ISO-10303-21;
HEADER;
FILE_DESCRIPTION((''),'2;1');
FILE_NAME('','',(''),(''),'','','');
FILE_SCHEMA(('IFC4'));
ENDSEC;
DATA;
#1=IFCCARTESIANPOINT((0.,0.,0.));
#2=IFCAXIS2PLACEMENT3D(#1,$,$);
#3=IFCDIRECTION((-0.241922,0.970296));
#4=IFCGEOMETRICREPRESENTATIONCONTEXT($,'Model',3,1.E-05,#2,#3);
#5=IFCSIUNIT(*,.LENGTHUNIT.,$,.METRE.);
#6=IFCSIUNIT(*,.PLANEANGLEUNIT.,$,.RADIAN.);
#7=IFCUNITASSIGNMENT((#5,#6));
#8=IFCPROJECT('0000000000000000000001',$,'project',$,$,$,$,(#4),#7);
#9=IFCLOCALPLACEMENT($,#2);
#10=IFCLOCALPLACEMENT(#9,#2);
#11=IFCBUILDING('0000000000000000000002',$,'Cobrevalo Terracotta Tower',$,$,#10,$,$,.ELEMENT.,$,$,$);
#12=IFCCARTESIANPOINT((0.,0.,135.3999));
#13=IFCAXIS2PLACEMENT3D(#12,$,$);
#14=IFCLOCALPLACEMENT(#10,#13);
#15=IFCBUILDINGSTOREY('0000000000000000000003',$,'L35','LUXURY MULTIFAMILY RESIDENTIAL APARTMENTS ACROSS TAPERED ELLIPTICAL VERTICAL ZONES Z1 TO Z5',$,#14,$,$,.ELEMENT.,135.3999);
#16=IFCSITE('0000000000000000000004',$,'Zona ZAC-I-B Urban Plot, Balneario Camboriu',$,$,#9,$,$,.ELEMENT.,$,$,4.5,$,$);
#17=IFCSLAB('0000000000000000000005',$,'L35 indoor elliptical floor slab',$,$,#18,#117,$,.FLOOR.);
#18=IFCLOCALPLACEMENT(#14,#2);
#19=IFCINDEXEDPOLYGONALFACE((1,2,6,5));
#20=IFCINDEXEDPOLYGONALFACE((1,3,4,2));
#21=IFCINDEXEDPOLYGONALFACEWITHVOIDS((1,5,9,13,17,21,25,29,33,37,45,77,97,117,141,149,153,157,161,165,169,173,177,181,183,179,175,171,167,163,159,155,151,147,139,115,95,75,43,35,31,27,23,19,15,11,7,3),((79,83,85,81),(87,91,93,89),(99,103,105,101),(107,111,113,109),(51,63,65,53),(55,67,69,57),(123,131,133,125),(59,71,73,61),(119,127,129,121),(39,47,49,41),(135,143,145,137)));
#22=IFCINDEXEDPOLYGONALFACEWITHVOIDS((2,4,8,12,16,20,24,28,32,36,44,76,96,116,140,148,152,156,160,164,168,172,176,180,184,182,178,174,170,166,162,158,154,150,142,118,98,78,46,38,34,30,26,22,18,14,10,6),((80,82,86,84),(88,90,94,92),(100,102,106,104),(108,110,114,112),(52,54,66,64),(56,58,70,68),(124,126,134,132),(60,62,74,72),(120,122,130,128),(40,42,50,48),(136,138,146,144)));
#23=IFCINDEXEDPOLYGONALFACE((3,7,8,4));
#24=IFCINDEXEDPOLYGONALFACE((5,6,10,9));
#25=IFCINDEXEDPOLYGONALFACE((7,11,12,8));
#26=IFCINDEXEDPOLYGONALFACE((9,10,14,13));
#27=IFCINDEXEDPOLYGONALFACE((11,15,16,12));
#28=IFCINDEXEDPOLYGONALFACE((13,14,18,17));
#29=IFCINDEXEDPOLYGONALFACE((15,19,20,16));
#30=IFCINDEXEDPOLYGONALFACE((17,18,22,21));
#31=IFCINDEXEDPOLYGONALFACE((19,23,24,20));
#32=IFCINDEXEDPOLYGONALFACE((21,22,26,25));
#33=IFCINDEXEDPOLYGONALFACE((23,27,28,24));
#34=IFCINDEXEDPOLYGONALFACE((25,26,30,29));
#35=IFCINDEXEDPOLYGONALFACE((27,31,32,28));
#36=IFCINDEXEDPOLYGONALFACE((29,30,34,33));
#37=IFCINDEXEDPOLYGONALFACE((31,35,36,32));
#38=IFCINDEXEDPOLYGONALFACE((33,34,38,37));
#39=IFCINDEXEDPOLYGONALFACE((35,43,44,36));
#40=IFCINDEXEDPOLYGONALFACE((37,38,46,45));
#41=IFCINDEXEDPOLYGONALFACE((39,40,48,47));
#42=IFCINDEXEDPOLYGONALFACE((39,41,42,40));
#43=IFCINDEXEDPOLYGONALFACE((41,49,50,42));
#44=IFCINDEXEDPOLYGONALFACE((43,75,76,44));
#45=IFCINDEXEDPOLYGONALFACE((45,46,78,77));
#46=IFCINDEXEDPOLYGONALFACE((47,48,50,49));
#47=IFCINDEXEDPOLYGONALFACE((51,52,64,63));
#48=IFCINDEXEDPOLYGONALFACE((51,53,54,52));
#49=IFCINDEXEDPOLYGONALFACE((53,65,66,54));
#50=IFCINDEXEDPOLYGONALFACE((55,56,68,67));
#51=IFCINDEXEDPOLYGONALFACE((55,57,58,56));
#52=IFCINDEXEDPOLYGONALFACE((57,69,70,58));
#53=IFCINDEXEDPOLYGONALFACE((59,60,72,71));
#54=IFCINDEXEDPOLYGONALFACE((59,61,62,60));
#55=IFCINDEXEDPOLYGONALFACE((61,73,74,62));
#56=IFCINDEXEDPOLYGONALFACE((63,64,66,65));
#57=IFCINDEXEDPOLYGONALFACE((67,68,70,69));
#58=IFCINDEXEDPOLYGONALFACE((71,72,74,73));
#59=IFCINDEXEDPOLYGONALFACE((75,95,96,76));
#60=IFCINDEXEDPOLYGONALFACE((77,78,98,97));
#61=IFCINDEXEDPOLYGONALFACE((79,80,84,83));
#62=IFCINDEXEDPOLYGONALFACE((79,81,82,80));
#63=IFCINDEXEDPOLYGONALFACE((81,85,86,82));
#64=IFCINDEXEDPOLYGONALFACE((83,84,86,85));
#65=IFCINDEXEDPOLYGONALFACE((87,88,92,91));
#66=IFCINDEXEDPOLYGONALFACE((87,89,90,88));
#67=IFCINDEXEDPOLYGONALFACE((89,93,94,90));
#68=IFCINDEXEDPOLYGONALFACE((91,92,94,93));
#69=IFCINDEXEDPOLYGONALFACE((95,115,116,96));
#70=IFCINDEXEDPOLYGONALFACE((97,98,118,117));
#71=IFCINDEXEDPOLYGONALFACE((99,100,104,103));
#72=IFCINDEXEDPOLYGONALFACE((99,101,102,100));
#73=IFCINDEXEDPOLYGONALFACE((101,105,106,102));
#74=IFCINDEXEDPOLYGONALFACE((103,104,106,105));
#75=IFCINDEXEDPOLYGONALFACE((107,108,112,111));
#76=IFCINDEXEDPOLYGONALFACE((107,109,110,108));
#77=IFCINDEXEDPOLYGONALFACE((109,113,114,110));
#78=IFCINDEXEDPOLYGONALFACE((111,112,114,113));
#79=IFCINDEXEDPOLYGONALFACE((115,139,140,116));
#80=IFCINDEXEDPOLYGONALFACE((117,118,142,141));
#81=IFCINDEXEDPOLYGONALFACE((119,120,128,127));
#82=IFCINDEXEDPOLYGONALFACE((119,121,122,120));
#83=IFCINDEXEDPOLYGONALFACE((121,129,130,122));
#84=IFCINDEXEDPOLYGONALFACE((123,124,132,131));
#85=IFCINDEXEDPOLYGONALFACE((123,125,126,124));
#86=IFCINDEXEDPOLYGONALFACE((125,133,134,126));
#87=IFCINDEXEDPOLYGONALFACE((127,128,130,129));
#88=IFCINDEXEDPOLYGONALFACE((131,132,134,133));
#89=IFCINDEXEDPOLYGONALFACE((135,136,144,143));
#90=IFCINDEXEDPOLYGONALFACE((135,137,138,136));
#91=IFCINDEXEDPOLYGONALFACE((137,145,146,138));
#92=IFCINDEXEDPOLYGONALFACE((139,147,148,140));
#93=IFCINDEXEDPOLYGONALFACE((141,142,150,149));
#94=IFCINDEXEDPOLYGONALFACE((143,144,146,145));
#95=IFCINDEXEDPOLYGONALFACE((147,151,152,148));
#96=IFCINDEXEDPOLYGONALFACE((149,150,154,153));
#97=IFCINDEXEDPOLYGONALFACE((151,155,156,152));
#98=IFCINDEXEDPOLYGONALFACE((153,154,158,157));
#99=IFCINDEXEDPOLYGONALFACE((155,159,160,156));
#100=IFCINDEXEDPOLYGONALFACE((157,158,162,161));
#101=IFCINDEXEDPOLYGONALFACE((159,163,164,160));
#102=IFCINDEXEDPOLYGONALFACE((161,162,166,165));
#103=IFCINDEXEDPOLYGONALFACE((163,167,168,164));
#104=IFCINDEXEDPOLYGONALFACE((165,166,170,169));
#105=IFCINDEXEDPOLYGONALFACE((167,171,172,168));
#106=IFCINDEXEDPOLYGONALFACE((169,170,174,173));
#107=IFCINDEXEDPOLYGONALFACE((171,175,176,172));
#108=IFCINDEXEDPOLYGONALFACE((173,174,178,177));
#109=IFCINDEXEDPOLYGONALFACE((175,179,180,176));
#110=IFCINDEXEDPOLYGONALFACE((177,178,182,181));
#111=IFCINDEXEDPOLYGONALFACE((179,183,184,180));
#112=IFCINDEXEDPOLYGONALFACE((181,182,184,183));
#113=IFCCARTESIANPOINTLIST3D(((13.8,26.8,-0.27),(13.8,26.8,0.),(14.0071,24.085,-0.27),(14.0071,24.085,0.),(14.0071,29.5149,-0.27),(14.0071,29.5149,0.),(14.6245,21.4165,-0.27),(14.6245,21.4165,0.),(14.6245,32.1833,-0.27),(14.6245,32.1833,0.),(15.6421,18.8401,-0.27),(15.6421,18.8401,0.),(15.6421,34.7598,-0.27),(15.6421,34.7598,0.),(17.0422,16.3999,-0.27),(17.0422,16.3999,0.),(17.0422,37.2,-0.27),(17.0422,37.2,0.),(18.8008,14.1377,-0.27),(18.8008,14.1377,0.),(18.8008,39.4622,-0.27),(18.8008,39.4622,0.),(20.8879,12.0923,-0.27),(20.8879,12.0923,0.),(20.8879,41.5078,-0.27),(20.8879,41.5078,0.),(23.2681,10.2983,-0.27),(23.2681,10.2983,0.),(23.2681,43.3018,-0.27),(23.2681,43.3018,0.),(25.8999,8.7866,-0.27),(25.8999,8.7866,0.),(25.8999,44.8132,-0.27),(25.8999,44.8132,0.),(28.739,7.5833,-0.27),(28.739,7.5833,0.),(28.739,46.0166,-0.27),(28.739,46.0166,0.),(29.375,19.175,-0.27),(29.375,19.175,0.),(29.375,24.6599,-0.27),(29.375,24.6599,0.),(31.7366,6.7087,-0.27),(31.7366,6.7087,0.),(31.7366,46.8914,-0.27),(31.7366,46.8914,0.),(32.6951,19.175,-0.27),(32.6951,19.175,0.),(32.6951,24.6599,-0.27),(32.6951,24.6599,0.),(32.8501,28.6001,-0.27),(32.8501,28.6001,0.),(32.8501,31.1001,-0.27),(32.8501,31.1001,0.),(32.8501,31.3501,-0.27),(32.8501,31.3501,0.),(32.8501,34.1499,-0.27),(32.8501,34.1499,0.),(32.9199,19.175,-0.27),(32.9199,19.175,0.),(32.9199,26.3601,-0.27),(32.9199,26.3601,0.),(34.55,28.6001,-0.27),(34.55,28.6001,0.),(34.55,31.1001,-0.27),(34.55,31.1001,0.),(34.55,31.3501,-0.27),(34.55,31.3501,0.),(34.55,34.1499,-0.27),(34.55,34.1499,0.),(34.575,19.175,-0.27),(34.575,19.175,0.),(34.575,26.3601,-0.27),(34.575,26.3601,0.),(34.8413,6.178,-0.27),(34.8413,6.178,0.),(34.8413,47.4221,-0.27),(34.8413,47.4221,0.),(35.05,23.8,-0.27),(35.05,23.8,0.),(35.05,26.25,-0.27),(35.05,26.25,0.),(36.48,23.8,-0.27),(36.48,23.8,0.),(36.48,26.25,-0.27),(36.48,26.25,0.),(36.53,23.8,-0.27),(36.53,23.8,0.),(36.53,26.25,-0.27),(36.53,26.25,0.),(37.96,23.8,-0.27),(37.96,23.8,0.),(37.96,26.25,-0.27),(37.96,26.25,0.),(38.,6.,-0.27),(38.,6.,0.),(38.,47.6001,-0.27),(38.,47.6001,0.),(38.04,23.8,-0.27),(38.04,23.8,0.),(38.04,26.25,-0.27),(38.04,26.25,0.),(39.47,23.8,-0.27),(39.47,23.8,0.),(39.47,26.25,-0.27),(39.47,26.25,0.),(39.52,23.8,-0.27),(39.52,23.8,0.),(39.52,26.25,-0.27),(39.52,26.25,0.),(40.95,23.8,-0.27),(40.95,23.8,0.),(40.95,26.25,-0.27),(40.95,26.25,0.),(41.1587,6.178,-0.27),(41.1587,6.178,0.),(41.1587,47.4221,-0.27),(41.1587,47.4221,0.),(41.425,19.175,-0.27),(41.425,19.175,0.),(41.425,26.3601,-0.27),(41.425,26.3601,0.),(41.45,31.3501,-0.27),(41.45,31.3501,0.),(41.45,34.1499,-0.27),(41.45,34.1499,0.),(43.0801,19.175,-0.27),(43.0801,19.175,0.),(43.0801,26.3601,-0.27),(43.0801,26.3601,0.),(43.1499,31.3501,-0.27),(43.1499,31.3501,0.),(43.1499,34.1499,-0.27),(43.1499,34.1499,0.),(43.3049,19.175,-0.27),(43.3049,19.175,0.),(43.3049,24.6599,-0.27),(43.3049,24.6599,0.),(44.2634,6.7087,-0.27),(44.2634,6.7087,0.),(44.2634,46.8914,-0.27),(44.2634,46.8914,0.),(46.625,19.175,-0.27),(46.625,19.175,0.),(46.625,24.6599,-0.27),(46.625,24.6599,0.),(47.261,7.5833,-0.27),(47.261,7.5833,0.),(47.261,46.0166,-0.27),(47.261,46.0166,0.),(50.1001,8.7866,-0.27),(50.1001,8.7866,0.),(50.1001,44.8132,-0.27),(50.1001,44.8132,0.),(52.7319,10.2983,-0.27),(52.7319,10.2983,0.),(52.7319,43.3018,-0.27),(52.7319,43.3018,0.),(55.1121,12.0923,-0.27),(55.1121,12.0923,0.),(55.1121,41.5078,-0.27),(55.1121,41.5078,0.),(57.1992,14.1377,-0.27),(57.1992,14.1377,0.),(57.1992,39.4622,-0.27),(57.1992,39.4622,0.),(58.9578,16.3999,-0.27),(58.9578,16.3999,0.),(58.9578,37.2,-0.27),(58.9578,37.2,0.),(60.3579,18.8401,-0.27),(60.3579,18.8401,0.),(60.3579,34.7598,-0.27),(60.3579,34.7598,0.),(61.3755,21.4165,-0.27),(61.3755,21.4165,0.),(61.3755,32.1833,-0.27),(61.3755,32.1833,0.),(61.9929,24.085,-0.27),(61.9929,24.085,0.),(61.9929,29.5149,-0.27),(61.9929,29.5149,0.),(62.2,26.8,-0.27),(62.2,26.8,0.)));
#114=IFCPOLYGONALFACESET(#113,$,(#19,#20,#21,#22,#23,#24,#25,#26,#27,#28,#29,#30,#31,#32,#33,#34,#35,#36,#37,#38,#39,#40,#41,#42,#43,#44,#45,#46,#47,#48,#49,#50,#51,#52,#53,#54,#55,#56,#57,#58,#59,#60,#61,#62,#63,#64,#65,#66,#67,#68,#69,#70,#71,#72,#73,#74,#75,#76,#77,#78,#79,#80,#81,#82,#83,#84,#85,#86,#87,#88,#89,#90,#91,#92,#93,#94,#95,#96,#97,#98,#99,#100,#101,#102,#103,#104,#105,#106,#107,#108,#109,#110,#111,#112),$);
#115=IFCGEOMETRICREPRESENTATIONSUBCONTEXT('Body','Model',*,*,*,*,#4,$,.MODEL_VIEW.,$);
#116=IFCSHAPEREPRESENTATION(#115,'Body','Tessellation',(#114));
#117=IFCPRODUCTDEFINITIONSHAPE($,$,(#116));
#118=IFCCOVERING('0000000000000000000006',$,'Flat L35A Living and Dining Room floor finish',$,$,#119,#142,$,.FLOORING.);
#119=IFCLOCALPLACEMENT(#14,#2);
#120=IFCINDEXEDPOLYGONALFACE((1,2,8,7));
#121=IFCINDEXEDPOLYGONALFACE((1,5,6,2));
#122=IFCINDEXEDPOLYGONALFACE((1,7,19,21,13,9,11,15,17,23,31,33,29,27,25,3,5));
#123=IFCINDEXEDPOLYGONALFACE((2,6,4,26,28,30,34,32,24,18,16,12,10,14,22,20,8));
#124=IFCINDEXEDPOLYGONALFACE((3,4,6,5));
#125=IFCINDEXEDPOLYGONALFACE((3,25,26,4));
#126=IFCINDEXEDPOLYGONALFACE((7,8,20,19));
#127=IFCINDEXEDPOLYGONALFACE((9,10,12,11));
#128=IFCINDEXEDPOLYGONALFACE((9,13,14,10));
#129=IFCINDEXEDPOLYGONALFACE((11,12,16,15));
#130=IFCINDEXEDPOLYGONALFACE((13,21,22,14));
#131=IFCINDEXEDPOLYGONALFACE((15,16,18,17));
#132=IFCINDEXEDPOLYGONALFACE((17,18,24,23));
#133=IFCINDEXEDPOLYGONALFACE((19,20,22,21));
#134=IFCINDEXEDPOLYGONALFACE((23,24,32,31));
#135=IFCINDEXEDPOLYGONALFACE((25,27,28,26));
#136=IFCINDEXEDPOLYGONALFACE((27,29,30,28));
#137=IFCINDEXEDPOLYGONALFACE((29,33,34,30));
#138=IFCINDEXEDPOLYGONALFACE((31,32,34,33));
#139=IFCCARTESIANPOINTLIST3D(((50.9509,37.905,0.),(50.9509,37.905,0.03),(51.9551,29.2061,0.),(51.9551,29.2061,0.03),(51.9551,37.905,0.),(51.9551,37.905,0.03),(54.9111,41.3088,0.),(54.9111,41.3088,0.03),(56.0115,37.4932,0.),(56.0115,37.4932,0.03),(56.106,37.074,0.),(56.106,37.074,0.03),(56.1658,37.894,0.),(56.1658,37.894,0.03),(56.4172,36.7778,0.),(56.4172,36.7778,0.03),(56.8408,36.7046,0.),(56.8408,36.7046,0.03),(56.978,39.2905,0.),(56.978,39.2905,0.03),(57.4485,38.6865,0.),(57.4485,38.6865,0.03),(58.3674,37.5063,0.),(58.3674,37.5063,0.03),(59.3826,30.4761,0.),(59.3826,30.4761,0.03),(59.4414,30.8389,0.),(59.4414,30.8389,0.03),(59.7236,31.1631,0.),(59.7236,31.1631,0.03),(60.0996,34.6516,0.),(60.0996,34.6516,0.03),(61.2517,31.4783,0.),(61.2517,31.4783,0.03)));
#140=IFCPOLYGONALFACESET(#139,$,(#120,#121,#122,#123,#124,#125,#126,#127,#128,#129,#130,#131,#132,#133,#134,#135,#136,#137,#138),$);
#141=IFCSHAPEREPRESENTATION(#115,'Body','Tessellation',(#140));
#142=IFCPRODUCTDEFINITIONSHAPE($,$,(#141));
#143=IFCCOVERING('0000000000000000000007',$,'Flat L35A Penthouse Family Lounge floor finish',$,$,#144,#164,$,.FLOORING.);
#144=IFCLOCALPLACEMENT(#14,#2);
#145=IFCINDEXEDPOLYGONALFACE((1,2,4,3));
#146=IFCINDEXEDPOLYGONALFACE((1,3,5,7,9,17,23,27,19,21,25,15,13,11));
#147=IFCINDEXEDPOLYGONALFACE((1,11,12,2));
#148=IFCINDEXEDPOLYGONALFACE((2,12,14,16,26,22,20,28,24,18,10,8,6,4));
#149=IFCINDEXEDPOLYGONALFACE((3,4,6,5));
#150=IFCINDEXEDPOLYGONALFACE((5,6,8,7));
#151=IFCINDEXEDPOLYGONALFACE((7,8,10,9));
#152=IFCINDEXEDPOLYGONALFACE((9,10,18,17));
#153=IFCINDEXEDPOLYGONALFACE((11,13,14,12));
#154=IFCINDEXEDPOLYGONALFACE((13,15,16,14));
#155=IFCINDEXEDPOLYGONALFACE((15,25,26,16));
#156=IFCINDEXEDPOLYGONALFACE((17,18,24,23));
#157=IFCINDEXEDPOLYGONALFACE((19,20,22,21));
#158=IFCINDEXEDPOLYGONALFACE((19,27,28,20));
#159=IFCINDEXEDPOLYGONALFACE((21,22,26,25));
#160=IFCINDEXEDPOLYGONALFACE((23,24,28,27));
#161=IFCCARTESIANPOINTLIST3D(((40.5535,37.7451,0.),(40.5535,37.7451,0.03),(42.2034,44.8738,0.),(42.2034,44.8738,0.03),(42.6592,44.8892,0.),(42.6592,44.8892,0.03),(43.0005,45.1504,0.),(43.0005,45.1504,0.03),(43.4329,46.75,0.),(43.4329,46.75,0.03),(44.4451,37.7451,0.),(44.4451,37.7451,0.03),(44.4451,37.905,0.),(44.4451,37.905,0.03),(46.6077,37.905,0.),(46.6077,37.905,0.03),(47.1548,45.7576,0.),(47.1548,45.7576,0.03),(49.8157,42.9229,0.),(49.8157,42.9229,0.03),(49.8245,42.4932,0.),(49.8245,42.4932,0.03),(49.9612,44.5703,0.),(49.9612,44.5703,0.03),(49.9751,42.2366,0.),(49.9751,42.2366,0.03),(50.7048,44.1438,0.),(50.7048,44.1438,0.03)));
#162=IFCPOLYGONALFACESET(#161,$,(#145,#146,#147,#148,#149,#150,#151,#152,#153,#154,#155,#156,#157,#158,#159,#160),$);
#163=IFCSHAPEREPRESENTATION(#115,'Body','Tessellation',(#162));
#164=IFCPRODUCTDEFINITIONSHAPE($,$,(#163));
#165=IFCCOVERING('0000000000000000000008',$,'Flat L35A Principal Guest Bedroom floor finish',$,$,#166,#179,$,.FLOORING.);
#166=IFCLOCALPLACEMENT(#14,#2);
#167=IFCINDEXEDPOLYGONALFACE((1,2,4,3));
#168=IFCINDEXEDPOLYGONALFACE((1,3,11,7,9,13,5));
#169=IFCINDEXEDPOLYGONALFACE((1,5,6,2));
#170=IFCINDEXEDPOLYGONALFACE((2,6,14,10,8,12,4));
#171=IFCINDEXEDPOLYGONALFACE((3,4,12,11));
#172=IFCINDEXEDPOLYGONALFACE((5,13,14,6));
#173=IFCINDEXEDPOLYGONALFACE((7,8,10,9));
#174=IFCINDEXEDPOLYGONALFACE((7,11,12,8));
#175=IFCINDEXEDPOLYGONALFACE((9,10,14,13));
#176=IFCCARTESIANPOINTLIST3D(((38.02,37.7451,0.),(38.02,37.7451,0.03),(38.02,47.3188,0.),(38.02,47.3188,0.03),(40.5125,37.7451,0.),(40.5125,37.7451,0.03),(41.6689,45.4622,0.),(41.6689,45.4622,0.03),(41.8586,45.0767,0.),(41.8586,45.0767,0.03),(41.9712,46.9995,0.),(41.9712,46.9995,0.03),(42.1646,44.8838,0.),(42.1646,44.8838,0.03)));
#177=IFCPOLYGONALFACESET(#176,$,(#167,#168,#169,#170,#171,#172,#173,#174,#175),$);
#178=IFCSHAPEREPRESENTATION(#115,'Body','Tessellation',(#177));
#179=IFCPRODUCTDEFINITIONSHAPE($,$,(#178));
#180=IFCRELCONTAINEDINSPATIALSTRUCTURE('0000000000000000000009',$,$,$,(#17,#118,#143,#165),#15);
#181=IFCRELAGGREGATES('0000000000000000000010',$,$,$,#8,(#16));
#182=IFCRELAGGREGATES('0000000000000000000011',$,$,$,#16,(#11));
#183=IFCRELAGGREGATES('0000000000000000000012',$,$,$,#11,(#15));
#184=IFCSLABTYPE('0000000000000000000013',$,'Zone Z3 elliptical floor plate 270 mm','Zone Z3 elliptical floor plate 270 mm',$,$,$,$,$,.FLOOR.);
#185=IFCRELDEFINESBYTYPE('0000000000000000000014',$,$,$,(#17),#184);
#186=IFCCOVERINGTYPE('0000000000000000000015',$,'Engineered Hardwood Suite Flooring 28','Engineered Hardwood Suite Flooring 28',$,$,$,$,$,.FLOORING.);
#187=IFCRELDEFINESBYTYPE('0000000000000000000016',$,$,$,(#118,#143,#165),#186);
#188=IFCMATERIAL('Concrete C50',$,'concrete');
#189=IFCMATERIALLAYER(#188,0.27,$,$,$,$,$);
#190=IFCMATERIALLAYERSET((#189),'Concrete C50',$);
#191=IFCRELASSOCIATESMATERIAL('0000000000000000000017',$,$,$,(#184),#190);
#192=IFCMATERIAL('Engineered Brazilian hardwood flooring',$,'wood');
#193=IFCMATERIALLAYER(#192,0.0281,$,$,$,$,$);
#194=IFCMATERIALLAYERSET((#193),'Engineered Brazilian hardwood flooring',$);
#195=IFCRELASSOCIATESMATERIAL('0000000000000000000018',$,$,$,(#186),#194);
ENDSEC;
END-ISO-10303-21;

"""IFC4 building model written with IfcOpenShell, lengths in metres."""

from ifc_helpers import new_model, si_unit, direction, frame, origin, place, context, subcontext, project, spatial, polyline, outline, extrude, material, layer, layer_set, type_object, element, save


model = new_model("IFC4")

# Units and contexts
model_context = context("Model", 3, precision=1e-05, world=origin(), true_north=direction((-0.241922, 0.970296)))
body_context = subcontext(model_context, "Body", "Model", "MODEL_VIEW")
ifc_project = project(units=[si_unit("LENGTHUNIT", "METRE"), si_unit("PLANEANGLEUNIT", "RADIAN")], contexts=[model_context])

# Site, building, storey
site_placement = place(None, origin())
site = spatial("IfcSite", under=ifc_project, at=site_placement, Name="Zona ZAC-I-B Urban Plot, Balneario Camboriu", CompositionType="ELEMENT", RefElevation=4.5)
building_placement = place(site_placement, origin())
building = spatial("IfcBuilding", under=site, at=building_placement, Name="Cobrevalo Terracotta Tower", CompositionType="ELEMENT")
storey_placement = place(building_placement, frame((0.0, 0.0, 135.3999)))
storey = spatial("IfcBuildingStorey", under=building, at=storey_placement, Name="L35", Description="LUXURY MULTIFAMILY RESIDENTIAL APARTMENTS ACROSS TAPERED ELLIPTICAL VERTICAL ZONES Z1 TO Z5", CompositionType="ELEMENT", Elevation=135.3999)

# Shared definitions
ifc_material_1 = material(Name="Concrete C50", Category="concrete")

# Slab
ifc_layer_1 = layer(ifc_material_1, 0.27)
ifc_layer_set_1 = layer_set([ifc_layer_1], Name="Concrete C50")
slab_type_1 = type_object("IfcSlabType", Name="Zone Z3 elliptical floor plate 270 mm", Description="Zone Z3 elliptical floor plate 270 mm", PredefinedType="FLOOR", material=ifc_layer_set_1)
slab_1_placement = place(storey_placement, frame((0.0, 0.0, -0.27)))
element("IfcSlab", 1, at=slab_1_placement, inside=storey, type_object=slab_type_1, Name="L35 indoor elliptical floor slab", PredefinedType="FLOOR", context=body_context, shape_type="SweptSolid", body=[
    extrude(outline(polyline([(61.9929, 24.085), (61.3755, 21.4165), (60.3579, 18.8401), (58.9578, 16.3999), (57.1992, 14.1377), (55.1121, 12.0923), (52.7319, 10.2983), (50.1001, 8.7866), (47.261, 7.5833), (44.2634, 6.7087), (41.1587, 6.178), (38.0, 6.0), (34.8413, 6.178), (31.7366, 6.7087), (28.739, 7.5833), (25.8999, 8.7866), (23.2681, 10.2983), (20.8879, 12.0923), (18.8008, 14.1377), (17.0422, 16.3999), (15.6421, 18.8401), (14.6245, 21.4165), (14.0071, 24.085), (13.8, 26.8), (14.0071, 29.5149), (14.6245, 32.1833), (15.6421, 34.7598), (17.0422, 37.2), (18.8008, 39.4622), (20.8879, 41.5078), (23.2681, 43.3018), (25.8999, 44.8132), (28.739, 46.0166), (31.7366, 46.8914), (34.8413, 47.4221), (38.0, 47.6001), (41.1587, 47.4221), (44.2634, 46.8914), (47.261, 46.0166), (50.1001, 44.8132), (52.7319, 43.3018), (55.1121, 41.5078), (57.1992, 39.4622), (58.9578, 37.2), (60.3579, 34.7598), (61.3755, 32.1833), (61.9929, 29.5149), (62.2, 26.8), (61.9929, 24.085)]), holes=[polyline([(32.6951, 19.175), (32.6951, 24.6599), (29.375, 24.6599), (29.375, 19.175), (32.6951, 19.175)]), polyline([(34.575, 26.3601), (32.9199, 26.3601), (32.9199, 19.175), (34.575, 19.175), (34.575, 26.3601)]), polyline([(36.48, 26.25), (35.05, 26.25), (35.05, 23.8), (36.48, 23.8), (36.48, 26.25)]), polyline([(37.96, 23.8), (37.96, 26.25), (36.53, 26.25), (36.53, 23.8), (37.96, 23.8)]), polyline([(34.55, 28.6001), (34.55, 31.1001), (32.8501, 31.1001), (32.8501, 28.6001), (34.55, 28.6001)]), polyline([(34.55, 34.1499), (32.8501, 34.1499), (32.8501, 31.3501), (34.55, 31.3501), (34.55, 34.1499)]), polyline([(43.3049, 19.175), (46.625, 19.175), (46.625, 24.6599), (43.3049, 24.6599), (43.3049, 19.175)]), polyline([(43.0801, 19.175), (43.0801, 26.3601), (41.425, 26.3601), (41.425, 19.175), (43.0801, 19.175)]), polyline([(39.47, 26.25), (38.04, 26.25), (38.04, 23.8), (39.47, 23.8), (39.47, 26.25)]), polyline([(40.95, 23.8), (40.95, 26.25), (39.52, 26.25), (39.52, 23.8), (40.95, 23.8)]), polyline([(43.1499, 31.3501), (43.1499, 34.1499), (41.45, 34.1499), (41.45, 31.3501), (43.1499, 31.3501)])]), origin(), (0.0, 0.0, 1.0), 0.27),
])

# Coverings
ifc_material_2 = material(Name="Engineered Brazilian hardwood flooring", Category="wood")
ifc_layer_2 = layer(ifc_material_2, 0.0281)
ifc_layer_set_2 = layer_set([ifc_layer_2], Name="Engineered Brazilian hardwood flooring")
covering_type_1 = type_object("IfcCoveringType", Name="Engineered Hardwood Suite Flooring 28", Description="Engineered Hardwood Suite Flooring 28", PredefinedType="FLOORING", material=ifc_layer_set_2)
covering_1_placement = place(storey_placement, origin())
element("IfcCovering", 2, at=covering_1_placement, inside=storey, type_object=covering_type_1, Name="Flat L35A Living and Dining Room floor finish", PredefinedType="FLOORING", context=body_context, shape_type="SweptSolid", body=[
    extrude(outline(polyline([(56.978, 39.2905), (57.4485, 38.6865), (56.1658, 37.894), (56.0115, 37.4932), (56.106, 37.074), (56.4172, 36.7778), (56.8408, 36.7046), (58.3674, 37.5063), (60.0996, 34.6516), (61.2517, 31.4783), (59.7236, 31.1631), (59.4414, 30.8389), (59.3826, 30.4761), (51.9551, 29.2061), (51.9551, 37.905), (50.9509, 37.905), (54.9111, 41.3088), (56.978, 39.2905)])), origin(), (0.0, 0.0, 1.0), 0.03),
])
covering_2_placement = place(storey_placement, origin())
element("IfcCovering", 3, at=covering_2_placement, inside=storey, type_object=covering_type_1, Name="Flat L35A Penthouse Family Lounge floor finish", PredefinedType="FLOORING", context=body_context, shape_type="SweptSolid", body=[
    extrude(outline(polyline([(49.9612, 44.5703), (50.7048, 44.1438), (49.8157, 42.9229), (49.8245, 42.4932), (49.9751, 42.2366), (46.6077, 37.905), (44.4451, 37.905), (44.4451, 37.7451), (40.5535, 37.7451), (42.2034, 44.8738), (42.6592, 44.8892), (43.0005, 45.1504), (43.4329, 46.75), (47.1548, 45.7576), (49.9612, 44.5703)])), origin(), (0.0, 0.0, 1.0), 0.03),
])
covering_3_placement = place(storey_placement, origin())
element("IfcCovering", 4, at=covering_3_placement, inside=storey, type_object=covering_type_1, Name="Flat L35A Principal Guest Bedroom floor finish", PredefinedType="FLOORING", context=body_context, shape_type="SweptSolid", body=[
    extrude(outline(polyline([(38.02, 47.3188), (41.9712, 46.9995), (41.6689, 45.4622), (41.8586, 45.0767), (42.1646, 44.8838), (40.5125, 37.7451), (38.02, 37.7451), (38.02, 47.3188)])), origin(), (0.0, 0.0, 1.0), 0.03),
])

save(model, "model.ifc")
